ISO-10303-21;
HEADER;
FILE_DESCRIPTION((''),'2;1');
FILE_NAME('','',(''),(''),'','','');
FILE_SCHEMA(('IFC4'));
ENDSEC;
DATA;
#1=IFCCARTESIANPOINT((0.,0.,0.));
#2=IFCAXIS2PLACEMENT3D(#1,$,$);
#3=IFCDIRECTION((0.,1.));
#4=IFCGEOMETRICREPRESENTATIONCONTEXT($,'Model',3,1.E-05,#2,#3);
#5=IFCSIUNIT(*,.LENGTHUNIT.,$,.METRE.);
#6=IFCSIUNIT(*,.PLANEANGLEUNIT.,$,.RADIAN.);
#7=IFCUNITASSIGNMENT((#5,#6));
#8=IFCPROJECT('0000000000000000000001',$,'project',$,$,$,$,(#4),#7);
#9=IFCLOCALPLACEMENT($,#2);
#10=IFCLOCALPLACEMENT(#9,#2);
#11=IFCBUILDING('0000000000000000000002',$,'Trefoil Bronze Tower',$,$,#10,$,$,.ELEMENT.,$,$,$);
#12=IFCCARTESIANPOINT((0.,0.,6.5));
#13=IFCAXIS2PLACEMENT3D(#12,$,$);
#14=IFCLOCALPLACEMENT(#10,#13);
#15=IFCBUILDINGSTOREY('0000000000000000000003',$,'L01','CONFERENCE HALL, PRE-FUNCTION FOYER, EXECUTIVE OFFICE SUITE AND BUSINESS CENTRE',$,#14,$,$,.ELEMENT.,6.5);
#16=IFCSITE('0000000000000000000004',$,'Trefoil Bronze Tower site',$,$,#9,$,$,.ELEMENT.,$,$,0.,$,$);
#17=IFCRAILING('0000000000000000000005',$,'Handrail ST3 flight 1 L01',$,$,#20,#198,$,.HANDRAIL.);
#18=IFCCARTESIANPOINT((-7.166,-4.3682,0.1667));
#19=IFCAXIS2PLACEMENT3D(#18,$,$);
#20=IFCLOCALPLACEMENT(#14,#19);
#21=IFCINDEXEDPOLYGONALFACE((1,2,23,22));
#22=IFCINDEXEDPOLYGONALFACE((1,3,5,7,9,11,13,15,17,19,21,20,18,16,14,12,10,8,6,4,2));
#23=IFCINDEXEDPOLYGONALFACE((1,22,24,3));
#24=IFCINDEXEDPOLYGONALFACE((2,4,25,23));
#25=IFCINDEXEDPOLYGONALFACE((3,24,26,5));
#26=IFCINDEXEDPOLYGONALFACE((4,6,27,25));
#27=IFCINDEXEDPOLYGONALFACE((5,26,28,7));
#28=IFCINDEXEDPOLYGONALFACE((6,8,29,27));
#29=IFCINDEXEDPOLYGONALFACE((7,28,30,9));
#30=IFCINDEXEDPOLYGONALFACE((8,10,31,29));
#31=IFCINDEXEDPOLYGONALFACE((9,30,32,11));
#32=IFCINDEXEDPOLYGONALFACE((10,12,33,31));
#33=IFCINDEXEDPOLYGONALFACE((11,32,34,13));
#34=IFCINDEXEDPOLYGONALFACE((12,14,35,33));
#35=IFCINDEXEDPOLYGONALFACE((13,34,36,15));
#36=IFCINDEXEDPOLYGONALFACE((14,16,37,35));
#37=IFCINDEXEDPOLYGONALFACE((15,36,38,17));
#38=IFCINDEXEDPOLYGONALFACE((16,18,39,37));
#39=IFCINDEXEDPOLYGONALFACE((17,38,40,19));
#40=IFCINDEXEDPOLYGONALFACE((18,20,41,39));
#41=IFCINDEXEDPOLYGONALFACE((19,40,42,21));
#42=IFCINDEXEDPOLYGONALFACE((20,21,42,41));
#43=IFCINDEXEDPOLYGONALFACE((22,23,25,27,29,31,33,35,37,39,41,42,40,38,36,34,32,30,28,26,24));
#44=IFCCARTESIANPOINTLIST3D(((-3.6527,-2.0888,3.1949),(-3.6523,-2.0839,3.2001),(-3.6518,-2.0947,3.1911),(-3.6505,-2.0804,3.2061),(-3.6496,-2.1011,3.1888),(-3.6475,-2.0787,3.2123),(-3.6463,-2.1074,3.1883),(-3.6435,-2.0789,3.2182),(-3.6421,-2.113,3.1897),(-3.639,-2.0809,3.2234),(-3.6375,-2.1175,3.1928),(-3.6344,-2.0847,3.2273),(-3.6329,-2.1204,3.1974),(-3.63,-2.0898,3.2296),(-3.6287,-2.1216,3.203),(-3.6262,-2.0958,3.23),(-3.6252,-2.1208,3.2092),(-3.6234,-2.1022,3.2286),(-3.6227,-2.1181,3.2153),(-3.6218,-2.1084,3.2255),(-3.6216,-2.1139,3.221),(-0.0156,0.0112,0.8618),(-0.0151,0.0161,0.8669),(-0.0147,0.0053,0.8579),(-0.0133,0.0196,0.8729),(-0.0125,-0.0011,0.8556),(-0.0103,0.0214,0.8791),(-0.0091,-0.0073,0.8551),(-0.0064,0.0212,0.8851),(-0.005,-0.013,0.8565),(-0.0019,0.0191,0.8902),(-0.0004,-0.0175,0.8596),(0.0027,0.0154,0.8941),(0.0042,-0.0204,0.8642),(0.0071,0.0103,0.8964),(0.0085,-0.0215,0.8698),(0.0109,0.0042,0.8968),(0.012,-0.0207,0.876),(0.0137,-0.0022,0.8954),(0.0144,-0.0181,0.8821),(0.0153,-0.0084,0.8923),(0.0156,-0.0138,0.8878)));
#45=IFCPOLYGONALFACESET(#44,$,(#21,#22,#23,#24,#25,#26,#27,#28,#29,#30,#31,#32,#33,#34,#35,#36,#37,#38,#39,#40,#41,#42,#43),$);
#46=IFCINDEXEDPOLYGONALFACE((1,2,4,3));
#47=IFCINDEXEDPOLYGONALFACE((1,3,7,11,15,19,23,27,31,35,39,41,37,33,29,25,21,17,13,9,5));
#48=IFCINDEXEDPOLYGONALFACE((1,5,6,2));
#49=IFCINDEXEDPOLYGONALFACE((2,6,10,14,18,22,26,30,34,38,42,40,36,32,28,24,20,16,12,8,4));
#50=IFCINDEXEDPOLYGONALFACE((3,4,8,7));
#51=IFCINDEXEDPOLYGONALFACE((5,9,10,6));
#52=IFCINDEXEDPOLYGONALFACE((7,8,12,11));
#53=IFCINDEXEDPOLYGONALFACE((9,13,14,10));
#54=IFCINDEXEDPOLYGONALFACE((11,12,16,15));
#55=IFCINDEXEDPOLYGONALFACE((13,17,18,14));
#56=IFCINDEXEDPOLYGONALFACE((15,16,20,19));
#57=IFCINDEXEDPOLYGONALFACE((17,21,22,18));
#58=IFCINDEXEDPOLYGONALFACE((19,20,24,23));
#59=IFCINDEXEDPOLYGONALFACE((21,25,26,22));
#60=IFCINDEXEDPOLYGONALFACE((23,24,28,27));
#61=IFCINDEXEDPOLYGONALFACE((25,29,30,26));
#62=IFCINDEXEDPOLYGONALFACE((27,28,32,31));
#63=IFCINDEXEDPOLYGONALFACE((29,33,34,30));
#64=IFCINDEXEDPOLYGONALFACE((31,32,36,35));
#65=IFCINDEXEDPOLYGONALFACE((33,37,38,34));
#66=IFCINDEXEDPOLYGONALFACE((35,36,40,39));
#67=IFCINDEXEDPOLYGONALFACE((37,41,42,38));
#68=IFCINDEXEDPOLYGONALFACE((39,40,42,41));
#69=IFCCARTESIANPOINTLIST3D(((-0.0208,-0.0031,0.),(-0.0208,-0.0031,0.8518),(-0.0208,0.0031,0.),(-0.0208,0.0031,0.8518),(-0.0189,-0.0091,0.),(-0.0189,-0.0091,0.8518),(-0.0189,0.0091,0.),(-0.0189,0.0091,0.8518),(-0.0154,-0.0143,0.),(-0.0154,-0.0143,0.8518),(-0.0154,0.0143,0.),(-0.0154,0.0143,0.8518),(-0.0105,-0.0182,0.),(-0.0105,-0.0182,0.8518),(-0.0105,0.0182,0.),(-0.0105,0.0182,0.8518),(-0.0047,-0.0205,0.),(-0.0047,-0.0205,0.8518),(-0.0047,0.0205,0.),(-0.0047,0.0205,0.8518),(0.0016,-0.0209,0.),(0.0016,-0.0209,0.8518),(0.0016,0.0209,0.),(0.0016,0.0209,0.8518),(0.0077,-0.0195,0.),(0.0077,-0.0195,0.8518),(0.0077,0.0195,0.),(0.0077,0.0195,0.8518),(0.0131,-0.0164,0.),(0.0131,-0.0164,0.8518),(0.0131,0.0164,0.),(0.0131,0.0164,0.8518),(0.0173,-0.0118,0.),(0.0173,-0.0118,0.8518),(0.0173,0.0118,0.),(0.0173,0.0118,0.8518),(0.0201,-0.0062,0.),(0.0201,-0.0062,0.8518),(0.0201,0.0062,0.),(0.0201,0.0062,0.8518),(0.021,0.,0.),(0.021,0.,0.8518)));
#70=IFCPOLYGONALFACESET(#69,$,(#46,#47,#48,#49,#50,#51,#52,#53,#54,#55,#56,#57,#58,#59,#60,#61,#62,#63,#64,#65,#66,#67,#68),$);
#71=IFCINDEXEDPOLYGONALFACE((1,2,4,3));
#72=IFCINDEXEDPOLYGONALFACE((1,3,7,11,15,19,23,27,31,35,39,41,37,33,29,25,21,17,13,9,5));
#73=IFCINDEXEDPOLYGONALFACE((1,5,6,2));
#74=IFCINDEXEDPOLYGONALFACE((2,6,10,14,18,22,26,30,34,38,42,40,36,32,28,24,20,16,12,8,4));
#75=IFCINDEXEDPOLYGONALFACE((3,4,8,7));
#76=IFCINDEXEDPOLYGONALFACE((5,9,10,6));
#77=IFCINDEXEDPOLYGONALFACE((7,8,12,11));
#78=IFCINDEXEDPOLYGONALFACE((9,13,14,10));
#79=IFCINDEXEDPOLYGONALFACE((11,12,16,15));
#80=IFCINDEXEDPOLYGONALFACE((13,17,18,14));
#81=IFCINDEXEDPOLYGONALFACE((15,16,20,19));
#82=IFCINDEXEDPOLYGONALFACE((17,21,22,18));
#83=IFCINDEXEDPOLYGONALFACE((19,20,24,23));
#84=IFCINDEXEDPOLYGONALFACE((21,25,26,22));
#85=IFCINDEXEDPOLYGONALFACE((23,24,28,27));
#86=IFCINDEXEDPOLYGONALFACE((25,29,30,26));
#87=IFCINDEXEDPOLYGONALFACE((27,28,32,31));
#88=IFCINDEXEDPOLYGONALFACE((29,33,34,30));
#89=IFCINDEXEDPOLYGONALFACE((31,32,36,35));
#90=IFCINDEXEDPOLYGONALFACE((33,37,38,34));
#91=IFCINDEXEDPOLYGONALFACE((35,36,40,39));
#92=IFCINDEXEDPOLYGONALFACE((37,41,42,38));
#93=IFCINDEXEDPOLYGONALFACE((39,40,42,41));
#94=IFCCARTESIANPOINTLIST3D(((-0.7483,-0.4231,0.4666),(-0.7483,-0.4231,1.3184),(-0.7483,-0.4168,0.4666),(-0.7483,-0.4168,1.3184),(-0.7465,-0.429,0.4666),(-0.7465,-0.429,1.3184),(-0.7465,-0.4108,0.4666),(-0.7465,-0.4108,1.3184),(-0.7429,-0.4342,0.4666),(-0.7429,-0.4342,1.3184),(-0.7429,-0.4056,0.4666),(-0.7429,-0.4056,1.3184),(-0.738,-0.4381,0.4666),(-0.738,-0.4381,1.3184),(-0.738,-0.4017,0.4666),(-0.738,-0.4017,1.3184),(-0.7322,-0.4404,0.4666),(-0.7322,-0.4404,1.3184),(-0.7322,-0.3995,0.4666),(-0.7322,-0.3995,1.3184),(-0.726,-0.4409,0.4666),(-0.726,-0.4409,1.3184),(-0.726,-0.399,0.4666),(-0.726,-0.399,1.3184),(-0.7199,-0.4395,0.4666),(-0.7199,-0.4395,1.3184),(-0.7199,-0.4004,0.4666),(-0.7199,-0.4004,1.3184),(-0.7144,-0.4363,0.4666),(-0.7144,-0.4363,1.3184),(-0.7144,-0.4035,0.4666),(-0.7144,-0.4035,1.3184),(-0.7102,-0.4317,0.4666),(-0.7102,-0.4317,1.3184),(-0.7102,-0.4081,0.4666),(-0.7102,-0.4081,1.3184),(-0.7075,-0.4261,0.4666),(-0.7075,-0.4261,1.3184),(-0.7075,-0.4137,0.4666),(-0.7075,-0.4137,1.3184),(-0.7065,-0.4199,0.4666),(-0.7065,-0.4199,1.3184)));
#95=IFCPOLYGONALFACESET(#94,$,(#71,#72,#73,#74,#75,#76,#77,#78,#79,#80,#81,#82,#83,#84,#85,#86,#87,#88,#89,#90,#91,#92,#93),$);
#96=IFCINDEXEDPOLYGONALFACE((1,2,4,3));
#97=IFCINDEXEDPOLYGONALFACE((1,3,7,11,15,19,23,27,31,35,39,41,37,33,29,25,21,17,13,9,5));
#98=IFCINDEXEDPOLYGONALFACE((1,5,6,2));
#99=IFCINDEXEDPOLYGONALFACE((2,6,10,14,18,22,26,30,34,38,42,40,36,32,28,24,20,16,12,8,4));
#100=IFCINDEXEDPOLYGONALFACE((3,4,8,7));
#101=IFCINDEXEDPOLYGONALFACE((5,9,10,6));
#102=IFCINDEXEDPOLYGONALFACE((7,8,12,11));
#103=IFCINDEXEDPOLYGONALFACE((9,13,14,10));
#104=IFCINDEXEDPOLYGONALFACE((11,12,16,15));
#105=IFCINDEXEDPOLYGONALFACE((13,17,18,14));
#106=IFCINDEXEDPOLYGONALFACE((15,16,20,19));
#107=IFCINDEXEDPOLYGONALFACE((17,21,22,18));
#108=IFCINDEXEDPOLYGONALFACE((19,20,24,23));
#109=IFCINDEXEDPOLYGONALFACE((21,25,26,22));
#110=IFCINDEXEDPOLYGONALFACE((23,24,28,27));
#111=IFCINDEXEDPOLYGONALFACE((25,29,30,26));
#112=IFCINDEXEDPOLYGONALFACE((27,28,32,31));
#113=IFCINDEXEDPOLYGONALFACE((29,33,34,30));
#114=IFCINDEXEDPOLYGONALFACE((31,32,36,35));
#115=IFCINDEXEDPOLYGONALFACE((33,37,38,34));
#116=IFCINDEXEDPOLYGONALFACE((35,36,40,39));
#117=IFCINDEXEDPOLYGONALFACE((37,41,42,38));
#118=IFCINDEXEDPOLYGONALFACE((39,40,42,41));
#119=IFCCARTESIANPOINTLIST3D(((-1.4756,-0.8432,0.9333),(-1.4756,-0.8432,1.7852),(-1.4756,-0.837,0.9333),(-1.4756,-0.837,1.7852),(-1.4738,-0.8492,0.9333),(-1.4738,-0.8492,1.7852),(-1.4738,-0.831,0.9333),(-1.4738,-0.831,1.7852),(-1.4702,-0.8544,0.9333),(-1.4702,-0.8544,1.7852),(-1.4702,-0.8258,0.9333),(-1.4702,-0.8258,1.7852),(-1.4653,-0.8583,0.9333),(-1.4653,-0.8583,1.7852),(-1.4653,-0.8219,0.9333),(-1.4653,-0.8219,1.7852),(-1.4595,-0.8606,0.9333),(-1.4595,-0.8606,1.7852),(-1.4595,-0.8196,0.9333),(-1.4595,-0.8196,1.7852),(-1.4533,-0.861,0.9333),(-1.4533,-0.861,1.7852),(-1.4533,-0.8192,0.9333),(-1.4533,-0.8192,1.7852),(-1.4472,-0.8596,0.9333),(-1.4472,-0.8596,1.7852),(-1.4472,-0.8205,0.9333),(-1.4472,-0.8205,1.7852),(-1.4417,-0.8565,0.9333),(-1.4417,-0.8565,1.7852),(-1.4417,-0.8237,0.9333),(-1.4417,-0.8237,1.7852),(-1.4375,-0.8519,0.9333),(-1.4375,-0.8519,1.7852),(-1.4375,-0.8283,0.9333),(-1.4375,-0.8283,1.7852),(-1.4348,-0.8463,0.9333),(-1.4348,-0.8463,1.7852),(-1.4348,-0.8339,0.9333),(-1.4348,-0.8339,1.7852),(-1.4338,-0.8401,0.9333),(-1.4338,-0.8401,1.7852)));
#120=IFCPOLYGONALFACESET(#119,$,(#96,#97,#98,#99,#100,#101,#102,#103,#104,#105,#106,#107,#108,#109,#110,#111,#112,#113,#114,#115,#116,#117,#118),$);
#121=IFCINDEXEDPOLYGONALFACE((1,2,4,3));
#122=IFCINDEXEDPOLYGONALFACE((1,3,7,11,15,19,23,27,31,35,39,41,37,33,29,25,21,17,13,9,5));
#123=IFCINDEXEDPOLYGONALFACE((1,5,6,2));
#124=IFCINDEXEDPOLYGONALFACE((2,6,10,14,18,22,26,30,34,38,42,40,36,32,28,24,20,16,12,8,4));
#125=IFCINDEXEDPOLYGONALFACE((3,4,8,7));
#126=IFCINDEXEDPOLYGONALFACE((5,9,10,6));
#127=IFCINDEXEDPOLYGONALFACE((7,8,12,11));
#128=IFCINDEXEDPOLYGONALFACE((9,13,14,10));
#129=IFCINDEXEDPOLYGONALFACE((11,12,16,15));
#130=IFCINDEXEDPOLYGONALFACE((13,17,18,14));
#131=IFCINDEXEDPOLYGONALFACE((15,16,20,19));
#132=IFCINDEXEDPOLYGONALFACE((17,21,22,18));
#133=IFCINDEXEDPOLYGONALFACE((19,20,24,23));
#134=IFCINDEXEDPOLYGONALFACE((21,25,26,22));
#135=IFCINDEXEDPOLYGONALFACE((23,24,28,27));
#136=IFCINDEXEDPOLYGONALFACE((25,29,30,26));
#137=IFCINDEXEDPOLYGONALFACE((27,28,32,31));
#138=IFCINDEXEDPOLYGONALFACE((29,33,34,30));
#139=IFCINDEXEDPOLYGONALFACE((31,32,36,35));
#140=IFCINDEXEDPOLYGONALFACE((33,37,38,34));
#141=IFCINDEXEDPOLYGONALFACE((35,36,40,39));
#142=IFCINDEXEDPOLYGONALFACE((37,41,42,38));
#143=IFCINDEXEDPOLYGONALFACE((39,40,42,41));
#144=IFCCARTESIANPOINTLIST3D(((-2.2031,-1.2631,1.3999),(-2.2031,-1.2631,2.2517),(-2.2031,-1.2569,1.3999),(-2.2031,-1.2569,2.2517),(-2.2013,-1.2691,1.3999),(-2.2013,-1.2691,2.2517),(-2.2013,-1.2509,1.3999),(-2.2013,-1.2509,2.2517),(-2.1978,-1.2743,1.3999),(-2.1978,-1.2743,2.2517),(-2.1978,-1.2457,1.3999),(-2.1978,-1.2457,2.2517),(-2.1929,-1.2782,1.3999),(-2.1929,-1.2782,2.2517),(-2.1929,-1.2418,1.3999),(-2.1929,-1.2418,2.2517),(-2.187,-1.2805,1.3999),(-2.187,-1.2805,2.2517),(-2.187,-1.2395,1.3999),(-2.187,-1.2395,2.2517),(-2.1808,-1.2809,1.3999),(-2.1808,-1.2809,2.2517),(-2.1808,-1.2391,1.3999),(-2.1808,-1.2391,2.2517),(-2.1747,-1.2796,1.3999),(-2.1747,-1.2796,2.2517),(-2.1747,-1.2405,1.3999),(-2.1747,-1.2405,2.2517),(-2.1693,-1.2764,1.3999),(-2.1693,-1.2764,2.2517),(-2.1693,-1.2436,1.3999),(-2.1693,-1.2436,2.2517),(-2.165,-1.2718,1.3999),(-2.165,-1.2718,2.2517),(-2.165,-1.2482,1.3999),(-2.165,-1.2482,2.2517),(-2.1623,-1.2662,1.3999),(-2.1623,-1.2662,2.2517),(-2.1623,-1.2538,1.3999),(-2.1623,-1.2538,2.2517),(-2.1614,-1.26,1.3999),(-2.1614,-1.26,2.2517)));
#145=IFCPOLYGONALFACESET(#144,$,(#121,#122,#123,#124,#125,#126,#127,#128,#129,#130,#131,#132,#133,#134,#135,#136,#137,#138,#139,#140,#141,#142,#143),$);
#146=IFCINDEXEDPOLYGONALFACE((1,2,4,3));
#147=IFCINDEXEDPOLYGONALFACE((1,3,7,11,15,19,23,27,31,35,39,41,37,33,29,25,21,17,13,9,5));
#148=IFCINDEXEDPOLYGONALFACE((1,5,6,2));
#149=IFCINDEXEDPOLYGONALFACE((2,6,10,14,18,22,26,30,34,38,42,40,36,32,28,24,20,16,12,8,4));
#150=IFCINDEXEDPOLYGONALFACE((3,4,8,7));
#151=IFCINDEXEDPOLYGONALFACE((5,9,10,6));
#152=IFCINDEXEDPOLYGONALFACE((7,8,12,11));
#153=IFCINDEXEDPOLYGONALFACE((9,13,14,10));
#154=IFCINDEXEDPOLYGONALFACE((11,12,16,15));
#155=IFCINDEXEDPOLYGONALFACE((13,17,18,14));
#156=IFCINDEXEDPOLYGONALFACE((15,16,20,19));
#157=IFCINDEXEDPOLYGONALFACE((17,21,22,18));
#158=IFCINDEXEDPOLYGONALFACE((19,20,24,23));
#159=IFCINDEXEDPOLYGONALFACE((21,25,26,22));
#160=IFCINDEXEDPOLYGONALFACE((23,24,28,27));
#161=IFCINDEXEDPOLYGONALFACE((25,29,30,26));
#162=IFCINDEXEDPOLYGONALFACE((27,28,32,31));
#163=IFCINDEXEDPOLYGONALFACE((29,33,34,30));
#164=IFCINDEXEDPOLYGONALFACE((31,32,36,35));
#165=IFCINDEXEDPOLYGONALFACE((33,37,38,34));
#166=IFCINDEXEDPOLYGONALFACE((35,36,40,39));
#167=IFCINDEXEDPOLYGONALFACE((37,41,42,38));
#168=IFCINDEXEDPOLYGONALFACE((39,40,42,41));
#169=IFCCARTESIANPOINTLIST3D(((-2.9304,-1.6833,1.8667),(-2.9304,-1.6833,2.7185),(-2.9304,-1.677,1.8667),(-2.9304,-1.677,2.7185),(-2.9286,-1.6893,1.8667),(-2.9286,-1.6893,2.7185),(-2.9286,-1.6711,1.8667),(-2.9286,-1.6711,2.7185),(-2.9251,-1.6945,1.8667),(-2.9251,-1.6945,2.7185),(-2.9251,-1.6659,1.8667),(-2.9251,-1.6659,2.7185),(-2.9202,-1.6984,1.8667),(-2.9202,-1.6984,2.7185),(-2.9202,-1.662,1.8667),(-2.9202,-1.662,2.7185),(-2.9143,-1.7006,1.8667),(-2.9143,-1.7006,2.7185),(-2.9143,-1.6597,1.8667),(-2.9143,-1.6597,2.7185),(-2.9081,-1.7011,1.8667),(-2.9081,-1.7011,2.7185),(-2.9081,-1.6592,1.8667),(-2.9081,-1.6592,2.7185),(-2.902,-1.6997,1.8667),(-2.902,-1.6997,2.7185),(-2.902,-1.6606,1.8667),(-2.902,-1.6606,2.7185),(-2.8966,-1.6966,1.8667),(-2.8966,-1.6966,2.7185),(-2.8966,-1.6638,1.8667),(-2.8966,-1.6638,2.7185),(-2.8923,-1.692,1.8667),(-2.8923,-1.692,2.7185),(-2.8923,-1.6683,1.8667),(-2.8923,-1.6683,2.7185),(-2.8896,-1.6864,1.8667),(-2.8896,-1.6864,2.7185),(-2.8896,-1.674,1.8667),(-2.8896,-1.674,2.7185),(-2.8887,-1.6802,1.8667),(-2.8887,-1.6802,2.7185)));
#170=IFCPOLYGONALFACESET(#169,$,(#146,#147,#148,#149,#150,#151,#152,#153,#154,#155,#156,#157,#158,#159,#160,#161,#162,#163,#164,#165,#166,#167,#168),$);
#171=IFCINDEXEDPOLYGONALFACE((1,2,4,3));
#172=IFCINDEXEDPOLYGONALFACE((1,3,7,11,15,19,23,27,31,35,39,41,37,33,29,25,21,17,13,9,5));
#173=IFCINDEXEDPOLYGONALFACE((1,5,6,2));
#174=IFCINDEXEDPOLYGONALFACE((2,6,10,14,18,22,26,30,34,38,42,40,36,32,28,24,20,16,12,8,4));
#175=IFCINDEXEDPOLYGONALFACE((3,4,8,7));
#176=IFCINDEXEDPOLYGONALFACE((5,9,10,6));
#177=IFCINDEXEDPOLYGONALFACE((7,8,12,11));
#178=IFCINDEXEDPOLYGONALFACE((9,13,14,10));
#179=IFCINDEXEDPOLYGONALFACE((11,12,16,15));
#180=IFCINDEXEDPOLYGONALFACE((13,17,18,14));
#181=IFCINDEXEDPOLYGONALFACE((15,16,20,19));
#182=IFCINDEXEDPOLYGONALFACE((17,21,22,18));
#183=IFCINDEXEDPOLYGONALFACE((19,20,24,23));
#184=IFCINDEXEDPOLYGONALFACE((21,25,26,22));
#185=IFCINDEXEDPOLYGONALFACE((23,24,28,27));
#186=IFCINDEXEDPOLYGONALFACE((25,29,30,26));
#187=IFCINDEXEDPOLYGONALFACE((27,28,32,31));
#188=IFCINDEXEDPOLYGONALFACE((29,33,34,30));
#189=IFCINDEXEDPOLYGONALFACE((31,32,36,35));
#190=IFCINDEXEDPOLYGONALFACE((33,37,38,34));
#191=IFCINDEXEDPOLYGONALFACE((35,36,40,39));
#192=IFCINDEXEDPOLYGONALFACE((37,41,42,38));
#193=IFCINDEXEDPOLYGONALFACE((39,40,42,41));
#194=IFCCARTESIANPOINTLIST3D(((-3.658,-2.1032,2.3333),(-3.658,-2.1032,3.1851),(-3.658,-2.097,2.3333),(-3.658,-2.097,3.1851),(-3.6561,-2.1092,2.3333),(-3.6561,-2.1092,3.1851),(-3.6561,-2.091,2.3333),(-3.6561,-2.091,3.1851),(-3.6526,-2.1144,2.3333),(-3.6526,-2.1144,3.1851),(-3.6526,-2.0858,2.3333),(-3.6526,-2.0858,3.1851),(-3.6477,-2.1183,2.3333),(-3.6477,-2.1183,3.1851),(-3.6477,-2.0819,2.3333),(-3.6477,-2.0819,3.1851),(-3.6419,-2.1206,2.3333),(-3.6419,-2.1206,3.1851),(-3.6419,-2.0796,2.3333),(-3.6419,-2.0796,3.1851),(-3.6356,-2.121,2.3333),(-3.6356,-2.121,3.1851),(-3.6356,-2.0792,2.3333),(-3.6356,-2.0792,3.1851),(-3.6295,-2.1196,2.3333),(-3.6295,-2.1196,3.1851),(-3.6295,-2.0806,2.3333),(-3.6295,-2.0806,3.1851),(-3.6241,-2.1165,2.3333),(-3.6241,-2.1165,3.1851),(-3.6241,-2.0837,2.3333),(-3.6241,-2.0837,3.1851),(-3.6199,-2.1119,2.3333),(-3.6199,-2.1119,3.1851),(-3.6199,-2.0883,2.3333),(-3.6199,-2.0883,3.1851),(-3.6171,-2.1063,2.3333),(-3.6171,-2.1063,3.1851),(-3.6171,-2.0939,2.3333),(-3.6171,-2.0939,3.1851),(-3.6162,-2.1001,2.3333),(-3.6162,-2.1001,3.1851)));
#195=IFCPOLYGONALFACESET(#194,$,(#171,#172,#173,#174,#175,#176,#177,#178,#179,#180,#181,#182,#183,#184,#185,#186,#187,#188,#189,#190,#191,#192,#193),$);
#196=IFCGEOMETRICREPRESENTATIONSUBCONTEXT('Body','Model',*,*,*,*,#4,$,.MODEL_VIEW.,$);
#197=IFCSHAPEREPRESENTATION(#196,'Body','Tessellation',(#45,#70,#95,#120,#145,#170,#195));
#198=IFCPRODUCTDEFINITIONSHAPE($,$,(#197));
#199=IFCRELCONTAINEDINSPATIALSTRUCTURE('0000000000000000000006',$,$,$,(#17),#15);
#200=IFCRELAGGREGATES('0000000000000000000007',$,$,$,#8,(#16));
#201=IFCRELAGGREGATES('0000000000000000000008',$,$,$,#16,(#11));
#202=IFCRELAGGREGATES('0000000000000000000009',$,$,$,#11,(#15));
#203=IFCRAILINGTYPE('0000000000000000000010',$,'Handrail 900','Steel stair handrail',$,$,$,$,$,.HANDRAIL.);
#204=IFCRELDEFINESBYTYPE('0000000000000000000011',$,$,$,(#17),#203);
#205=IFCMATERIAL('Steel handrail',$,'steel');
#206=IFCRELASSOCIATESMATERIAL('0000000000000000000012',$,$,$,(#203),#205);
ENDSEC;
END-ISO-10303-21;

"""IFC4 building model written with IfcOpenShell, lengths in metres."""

from ifc_helpers import new_model, si_unit, direction, frame, origin, origin_2d, place, context, subcontext, project, spatial, circle, extrude, material, type_object, element, save


model = new_model("IFC4")

# Units and contexts
model_context = context("Model", 3, precision=1e-05, world=origin(), true_north=direction((0.0, 1.0)))
body_context = subcontext(model_context, "Body", "Model", "MODEL_VIEW")
ifc_project = project(units=[si_unit("LENGTHUNIT", "METRE"), si_unit("PLANEANGLEUNIT", "RADIAN")], contexts=[model_context])

# Site, building, storey
site_placement = place(None, origin())
site = spatial("IfcSite", under=ifc_project, at=site_placement, Name="Trefoil Bronze Tower site", CompositionType="ELEMENT", RefElevation=0.0)
building_placement = place(site_placement, origin())
building = spatial("IfcBuilding", under=site, at=building_placement, Name="Trefoil Bronze Tower", CompositionType="ELEMENT")
storey_placement = place(building_placement, frame((0.0, 0.0, 6.5)))
storey = spatial("IfcBuildingStorey", under=building, at=storey_placement, Name="L01", Description="CONFERENCE HALL, PRE-FUNCTION FOYER, EXECUTIVE OFFICE SUITE AND BUSINESS CENTRE", CompositionType="ELEMENT", Elevation=6.5)

# Railing
ifc_material_1 = material(Name="Steel handrail", Category="steel")
railing_type = type_object("IfcRailingType", Name="Handrail 900", Description="Steel stair handrail", PredefinedType="HANDRAIL", material=ifc_material_1)
railing_placement = place(storey_placement, frame((-7.166, -4.3682, 0.1667)))
element("IfcRailing", 1, at=railing_placement, inside=storey, type_object=railing_type, Name="Handrail ST3 flight 1 L01", PredefinedType="HANDRAIL", context=body_context, shape_type="SweptSolid", body=[
    extrude(circle(Radius=0.0239, at=origin_2d()), frame((0.0, 0.0, 0.876), z_axis=(-0.757033, -0.437106, 0.485633), x_axis=(0.500028, -0.866009, 0.0)), (0.0, 0.0, 1.0), 4.8044),
    extrude(circle(Radius=0.021, at=origin_2d()), origin(), (0.0, 0.0, 1.0), 0.8518),
    extrude(circle(Radius=0.021, at=origin_2d()), frame((-0.7275, -0.4199, 0.4666)), (0.0, 0.0, 1.0), 0.8518),
    extrude(circle(Radius=0.021, at=origin_2d()), frame((-1.4548, -0.8401, 0.9333)), (0.0, 0.0, 1.0), 0.8518),
    extrude(circle(Radius=0.021, at=origin_2d()), frame((-2.1824, -1.26, 1.3999)), (0.0, 0.0, 1.0), 0.8518),
    extrude(circle(Radius=0.021, at=origin_2d()), frame((-2.9097, -1.6802, 1.8667)), (0.0, 0.0, 1.0), 0.8518),
    extrude(circle(Radius=0.021, at=origin_2d()), frame((-3.6372, -2.1001, 2.3333)), (0.0, 0.0, 1.0), 0.8518),
])

save(model, "model.ifc")
